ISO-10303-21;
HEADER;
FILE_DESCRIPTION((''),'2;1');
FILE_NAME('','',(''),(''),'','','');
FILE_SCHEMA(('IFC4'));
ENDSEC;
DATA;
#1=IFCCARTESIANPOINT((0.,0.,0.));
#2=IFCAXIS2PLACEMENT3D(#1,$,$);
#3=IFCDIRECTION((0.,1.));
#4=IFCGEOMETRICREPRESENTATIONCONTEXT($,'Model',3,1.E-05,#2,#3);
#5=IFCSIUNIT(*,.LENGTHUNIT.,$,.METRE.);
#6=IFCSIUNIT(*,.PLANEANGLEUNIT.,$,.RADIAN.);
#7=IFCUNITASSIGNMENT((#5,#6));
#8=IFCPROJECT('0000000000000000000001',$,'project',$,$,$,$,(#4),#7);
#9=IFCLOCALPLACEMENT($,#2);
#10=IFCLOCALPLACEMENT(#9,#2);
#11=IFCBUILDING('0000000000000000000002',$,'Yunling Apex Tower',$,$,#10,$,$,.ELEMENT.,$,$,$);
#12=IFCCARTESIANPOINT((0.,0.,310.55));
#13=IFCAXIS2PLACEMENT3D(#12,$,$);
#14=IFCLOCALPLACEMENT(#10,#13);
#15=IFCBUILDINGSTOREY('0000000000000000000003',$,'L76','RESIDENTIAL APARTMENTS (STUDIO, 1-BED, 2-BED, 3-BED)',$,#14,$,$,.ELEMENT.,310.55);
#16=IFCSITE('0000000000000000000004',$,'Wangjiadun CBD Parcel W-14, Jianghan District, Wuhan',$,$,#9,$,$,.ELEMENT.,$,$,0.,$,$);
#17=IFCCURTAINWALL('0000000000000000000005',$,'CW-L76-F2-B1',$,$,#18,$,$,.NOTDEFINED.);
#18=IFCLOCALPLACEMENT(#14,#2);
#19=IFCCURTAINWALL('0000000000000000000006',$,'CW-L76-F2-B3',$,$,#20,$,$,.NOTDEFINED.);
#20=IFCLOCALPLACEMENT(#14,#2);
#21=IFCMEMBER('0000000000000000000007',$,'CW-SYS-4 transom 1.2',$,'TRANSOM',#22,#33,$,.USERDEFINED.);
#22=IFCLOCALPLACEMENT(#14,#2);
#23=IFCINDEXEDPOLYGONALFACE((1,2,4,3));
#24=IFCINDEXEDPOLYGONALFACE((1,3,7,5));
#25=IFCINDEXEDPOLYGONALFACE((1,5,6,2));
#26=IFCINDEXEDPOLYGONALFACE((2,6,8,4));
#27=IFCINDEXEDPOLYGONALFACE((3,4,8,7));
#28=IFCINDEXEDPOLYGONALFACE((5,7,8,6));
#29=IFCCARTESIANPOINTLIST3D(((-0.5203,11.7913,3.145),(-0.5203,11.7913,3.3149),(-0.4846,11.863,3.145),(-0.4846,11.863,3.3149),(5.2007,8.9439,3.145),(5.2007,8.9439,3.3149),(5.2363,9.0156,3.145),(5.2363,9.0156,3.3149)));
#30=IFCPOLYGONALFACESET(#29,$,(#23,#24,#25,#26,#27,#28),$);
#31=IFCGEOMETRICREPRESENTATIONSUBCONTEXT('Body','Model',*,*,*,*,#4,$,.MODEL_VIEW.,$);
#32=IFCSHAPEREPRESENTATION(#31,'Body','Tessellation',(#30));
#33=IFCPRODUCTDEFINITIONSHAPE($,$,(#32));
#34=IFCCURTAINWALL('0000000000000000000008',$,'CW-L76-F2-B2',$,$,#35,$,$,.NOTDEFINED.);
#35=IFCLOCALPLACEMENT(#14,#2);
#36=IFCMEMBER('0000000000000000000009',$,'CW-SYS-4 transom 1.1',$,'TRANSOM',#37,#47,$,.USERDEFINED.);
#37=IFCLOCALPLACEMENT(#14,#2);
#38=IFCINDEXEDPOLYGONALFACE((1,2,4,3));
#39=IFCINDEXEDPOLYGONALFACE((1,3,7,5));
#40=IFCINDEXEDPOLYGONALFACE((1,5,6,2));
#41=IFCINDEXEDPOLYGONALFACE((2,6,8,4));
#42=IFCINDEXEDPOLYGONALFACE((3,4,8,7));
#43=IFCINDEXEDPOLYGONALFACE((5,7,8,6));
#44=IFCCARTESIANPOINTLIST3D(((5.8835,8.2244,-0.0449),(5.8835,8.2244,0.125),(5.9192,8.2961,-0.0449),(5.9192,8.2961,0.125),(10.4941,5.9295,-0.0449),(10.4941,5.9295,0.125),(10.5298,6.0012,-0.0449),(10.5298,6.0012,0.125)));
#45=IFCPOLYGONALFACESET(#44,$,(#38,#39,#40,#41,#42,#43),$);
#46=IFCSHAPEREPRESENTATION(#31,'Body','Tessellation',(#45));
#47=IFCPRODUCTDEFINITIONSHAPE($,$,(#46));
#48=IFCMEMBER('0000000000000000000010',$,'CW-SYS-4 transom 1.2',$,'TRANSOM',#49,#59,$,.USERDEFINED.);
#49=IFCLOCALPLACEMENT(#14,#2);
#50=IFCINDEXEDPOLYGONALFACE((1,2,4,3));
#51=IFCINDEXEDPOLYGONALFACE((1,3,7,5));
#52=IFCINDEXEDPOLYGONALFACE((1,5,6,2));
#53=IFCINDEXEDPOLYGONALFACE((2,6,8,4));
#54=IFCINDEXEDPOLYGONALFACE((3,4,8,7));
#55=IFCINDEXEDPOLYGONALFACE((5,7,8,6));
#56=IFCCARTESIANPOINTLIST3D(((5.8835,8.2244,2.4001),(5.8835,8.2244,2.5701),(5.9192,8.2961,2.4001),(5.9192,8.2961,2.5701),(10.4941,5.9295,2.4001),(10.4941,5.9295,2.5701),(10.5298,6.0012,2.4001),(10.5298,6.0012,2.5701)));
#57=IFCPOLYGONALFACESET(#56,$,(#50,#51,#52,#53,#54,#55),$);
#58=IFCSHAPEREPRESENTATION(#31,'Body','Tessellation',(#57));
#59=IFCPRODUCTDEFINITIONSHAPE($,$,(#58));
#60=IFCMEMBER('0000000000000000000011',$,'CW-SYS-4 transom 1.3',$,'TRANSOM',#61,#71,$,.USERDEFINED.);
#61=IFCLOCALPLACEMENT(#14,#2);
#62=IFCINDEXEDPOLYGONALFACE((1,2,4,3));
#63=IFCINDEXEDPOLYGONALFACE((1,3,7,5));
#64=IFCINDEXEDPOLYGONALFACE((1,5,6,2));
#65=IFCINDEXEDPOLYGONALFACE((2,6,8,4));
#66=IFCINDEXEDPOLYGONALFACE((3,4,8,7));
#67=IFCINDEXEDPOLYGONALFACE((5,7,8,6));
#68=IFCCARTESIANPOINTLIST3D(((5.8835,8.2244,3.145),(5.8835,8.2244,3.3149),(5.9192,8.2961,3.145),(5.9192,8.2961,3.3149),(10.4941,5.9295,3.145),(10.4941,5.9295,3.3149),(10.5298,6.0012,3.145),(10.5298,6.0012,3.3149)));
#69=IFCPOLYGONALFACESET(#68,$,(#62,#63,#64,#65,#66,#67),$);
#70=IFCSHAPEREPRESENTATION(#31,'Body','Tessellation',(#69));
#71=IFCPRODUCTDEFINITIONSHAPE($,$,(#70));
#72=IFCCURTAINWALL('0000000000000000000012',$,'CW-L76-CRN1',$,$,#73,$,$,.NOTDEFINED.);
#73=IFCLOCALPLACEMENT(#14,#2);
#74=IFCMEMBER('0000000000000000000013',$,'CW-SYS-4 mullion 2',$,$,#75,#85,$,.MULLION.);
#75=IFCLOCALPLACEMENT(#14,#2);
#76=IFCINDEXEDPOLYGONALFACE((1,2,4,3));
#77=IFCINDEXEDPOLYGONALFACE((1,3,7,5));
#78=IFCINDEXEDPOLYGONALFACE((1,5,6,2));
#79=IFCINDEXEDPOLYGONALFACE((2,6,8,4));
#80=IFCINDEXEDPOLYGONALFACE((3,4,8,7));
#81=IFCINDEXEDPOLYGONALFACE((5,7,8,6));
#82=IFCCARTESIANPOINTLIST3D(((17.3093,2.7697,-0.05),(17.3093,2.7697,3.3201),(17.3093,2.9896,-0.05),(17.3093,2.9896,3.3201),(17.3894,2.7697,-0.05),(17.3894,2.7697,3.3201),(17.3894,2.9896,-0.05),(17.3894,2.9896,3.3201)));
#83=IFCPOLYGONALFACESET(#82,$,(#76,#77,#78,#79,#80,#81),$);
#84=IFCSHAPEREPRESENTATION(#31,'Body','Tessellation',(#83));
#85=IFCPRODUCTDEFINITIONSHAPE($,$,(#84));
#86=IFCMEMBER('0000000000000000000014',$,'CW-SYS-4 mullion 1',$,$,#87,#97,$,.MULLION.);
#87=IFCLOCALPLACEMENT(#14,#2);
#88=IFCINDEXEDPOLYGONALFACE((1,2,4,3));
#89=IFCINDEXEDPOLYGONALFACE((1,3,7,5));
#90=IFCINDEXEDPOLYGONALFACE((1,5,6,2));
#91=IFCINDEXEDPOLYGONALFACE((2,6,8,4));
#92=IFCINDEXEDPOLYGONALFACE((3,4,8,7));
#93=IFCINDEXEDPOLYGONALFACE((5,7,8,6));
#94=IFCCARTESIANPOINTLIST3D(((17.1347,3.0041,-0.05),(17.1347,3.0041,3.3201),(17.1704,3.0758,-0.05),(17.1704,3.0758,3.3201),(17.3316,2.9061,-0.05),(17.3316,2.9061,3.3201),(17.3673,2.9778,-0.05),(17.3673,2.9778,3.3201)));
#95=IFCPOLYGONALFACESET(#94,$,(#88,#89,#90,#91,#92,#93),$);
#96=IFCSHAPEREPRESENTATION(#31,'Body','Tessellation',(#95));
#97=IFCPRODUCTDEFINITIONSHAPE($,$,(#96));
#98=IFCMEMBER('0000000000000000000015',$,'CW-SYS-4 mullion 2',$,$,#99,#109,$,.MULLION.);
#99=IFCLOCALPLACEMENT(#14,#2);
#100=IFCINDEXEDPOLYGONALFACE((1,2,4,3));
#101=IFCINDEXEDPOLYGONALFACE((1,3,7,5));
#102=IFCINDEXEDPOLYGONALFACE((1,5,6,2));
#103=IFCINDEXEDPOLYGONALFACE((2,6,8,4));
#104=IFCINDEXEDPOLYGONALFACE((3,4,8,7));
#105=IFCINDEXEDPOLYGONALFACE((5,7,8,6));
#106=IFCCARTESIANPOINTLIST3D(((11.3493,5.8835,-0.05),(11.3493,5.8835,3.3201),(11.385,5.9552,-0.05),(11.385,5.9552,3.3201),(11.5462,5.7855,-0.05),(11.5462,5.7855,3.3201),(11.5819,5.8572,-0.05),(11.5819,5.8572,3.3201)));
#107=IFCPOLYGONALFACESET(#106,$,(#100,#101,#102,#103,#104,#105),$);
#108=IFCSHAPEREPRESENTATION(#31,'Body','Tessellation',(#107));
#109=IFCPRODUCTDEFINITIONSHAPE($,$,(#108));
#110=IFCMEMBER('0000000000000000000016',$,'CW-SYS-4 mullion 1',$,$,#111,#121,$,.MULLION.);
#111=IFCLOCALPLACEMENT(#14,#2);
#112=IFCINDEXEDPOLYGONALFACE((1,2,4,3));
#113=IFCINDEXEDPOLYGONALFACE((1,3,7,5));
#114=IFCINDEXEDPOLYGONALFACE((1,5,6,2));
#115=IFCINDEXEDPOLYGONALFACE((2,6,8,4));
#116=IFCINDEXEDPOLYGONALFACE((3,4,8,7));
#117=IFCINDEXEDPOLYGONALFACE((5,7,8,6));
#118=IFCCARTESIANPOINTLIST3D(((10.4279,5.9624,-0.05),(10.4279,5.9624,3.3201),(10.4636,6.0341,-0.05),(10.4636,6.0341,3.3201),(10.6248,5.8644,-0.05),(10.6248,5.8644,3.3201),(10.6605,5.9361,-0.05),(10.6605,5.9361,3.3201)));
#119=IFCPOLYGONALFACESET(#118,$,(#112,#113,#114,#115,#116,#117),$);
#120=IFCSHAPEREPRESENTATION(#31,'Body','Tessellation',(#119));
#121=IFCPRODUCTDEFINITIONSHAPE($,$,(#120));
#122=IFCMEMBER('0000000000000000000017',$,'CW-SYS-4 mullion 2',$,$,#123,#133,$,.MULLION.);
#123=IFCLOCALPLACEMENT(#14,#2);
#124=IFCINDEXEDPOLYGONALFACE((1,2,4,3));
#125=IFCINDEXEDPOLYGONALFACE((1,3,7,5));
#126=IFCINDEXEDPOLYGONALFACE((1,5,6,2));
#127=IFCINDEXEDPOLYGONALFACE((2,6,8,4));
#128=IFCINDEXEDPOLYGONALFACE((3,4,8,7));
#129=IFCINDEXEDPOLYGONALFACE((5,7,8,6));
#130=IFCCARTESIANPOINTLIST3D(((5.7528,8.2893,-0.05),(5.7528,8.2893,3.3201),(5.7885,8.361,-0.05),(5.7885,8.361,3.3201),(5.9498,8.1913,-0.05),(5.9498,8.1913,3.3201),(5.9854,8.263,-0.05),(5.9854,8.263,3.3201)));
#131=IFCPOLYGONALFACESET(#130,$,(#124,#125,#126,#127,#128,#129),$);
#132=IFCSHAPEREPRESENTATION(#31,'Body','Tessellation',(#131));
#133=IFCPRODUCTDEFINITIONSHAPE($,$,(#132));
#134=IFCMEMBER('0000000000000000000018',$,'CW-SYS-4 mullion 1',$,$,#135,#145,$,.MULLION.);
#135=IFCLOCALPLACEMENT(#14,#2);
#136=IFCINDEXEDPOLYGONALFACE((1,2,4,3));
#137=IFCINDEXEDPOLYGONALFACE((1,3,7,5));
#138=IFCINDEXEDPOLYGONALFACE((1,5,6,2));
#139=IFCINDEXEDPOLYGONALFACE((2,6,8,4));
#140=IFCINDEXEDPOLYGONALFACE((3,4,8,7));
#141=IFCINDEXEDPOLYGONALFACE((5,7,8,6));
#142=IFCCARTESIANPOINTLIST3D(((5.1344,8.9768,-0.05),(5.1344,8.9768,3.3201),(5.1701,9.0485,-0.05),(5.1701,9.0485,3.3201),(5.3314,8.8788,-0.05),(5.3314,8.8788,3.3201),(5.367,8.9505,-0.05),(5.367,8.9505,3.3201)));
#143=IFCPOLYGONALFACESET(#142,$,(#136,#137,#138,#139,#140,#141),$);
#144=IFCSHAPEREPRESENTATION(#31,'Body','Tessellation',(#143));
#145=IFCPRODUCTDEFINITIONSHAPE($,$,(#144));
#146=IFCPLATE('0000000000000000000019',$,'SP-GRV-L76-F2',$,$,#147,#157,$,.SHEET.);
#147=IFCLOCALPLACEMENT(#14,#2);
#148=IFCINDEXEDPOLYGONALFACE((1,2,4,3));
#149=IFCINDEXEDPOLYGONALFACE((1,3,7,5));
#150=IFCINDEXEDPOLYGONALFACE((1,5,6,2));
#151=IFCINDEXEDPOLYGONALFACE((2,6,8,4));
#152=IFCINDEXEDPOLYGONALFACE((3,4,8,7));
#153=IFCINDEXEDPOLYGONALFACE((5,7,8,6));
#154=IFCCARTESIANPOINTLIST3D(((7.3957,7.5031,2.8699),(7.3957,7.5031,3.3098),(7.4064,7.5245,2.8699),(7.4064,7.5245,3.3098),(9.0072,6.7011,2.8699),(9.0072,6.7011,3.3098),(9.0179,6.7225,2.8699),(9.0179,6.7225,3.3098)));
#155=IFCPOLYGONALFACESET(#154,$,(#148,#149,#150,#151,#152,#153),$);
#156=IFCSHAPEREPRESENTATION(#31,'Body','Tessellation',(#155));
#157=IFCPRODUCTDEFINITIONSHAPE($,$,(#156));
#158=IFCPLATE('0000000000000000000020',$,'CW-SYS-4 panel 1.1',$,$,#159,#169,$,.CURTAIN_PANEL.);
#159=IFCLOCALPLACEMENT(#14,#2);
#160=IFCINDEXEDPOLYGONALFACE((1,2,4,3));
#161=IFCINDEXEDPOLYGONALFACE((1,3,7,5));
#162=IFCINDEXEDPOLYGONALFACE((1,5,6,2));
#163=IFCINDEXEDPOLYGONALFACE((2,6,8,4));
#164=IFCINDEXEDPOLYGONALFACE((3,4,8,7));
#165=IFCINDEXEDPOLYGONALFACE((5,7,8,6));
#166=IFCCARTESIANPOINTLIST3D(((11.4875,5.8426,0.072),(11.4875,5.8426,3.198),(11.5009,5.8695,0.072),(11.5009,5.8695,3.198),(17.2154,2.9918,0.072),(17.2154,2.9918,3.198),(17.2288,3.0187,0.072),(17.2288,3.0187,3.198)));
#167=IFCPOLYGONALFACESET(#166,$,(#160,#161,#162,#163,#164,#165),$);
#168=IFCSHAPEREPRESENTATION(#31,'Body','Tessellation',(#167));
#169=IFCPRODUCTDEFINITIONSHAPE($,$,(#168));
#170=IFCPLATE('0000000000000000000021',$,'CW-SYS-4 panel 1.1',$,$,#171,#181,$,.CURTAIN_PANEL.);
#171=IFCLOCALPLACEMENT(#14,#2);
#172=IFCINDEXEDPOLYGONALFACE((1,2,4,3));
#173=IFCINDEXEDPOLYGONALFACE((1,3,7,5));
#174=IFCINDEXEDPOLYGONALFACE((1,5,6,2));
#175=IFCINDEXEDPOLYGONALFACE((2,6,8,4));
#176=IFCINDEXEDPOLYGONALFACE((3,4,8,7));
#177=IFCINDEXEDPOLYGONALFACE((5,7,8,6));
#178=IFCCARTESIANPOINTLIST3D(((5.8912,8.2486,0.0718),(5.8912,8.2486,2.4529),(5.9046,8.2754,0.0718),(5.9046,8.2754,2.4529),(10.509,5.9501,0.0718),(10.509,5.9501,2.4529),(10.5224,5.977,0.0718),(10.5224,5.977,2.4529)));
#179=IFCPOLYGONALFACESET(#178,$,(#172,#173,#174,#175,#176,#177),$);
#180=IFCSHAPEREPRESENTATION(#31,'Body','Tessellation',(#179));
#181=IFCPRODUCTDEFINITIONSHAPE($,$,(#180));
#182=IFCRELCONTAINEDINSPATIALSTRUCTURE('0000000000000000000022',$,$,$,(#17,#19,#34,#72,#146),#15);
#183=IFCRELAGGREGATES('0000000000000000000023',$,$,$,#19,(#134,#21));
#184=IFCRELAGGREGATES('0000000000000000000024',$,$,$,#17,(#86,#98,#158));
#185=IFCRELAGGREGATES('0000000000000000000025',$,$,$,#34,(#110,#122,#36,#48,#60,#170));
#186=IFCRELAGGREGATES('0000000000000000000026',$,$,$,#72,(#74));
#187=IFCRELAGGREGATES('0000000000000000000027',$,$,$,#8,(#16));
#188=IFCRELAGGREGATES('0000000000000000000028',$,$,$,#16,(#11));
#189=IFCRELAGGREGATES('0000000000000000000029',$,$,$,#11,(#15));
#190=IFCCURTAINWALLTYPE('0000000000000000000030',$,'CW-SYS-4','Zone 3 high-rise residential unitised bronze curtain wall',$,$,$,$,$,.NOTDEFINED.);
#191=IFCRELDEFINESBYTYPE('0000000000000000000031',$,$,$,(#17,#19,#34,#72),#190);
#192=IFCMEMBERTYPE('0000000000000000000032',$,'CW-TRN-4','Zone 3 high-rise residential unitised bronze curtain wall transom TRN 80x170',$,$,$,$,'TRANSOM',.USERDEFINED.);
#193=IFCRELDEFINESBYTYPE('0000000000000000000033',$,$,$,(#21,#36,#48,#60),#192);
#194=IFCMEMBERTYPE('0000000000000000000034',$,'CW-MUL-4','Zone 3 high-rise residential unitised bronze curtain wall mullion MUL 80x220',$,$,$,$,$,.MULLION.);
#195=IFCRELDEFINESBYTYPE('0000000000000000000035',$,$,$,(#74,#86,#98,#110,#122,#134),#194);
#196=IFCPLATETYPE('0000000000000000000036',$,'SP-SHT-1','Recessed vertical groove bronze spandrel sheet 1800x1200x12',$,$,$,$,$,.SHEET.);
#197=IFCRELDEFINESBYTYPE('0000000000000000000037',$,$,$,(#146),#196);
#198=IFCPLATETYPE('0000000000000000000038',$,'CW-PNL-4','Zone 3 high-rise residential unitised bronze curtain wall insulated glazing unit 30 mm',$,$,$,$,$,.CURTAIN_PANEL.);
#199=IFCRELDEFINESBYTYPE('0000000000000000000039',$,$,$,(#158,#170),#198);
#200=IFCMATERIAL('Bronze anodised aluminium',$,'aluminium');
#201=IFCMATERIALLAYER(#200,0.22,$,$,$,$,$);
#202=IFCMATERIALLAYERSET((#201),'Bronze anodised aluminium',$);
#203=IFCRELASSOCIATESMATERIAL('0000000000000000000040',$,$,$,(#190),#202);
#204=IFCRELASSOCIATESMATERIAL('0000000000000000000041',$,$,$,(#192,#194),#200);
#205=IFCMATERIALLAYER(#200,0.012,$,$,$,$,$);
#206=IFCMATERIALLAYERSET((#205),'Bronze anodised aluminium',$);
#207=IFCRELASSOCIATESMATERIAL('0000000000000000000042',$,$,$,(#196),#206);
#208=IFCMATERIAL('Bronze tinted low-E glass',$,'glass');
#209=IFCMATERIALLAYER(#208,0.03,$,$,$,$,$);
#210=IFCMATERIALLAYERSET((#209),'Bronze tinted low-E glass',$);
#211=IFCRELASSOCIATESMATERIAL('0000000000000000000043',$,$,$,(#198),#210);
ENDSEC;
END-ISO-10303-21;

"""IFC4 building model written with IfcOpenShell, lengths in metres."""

from ifc_helpers import new_model, si_unit, direction, frame, origin, origin_2d, place, context, subcontext, project, spatial, rectangle, extrude, source, transform, mapped, material, layer, layer_set, material_profile, profile_set, type_object, element, aggregate, save


model = new_model("IFC4")

# Units and contexts
model_context = context("Model", 3, precision=1e-05, world=origin(), true_north=direction((0.0, 1.0)))
body_context = subcontext(model_context, "Body", "Model", "MODEL_VIEW")
ifc_project = project(units=[si_unit("LENGTHUNIT", "METRE"), si_unit("PLANEANGLEUNIT", "RADIAN")], contexts=[model_context])

# Site, building, storey
site_placement = place(None, origin())
site = spatial("IfcSite", under=ifc_project, at=site_placement, Name="Wangjiadun CBD Parcel W-14, Jianghan District, Wuhan", CompositionType="ELEMENT", RefElevation=0.0)
building_placement = place(site_placement, origin())
building = spatial("IfcBuilding", under=site, at=building_placement, Name="Yunling Apex Tower", CompositionType="ELEMENT")
storey_placement = place(building_placement, frame((0.0, 0.0, 310.55)))
storey = spatial("IfcBuildingStorey", under=building, at=storey_placement, Name="L76", Description="RESIDENTIAL APARTMENTS (STUDIO, 1-BED, 2-BED, 3-BED)", CompositionType="ELEMENT", Elevation=310.55)

# Curtain walls, members
ifc_material_1 = material(Name="Bronze anodised aluminium", Category="aluminium")
ifc_layer_1 = layer(ifc_material_1, 0.22)
ifc_layer_set_1 = layer_set([ifc_layer_1], Name="Bronze anodised aluminium")
curtain_wall_type = type_object("IfcCurtainWallType", Name="CW-SYS-4", Description="Zone 3 high-rise residential unitised bronze curtain wall", PredefinedType="NOTDEFINED", material=ifc_layer_set_1)
curtain_wall_1_placement = place(storey_placement, origin())
curtain_wall_1 = element("IfcCurtainWall", 1, at=curtain_wall_1_placement, inside=storey, type_object=curtain_wall_type, Name="CW-L76-F2-B1", PredefinedType="NOTDEFINED")
ifc_material_profile_1 = material_profile(ifc_material_1, rectangle(XDim=0.0801, YDim=0.1699, at=origin_2d()))
ifc_profile_set_1 = profile_set([ifc_material_profile_1], Name="Bronze anodised aluminium")
member_type_1 = type_object("IfcMemberType", Name="CW-TRN-4", Description="Zone 3 high-rise residential unitised bronze curtain wall transom TRN 80x170", ElementType="TRANSOM", PredefinedType="USERDEFINED", material=ifc_profile_set_1)
shared_shape_1 = source(origin(), body_context, "Body", "SweptSolid", [
    extrude(rectangle(XDim=0.0801, YDim=0.1699, at=origin_2d()), origin(), (0.0, 0.0, 1.0), 6.3904),
])
curtain_wall_2_placement = place(storey_placement, origin())
curtain_wall_2 = element("IfcCurtainWall", 2, at=curtain_wall_2_placement, inside=storey, type_object=curtain_wall_type, Name="CW-L76-F2-B3", PredefinedType="NOTDEFINED")
member_1_placement = place(storey_placement, frame((5.2185, 8.9797, 3.23), z_axis=(-0.895243, 0.445578, 0.0), x_axis=(-0.445578, -0.895243, 0.0)))
member_1 = element("IfcMember", 3, at=member_1_placement, type_object=member_type_1, Name="CW-SYS-4 transom 1.2", ObjectType="TRANSOM", PredefinedType="USERDEFINED", context=body_context, shape_type="MappedRepresentation", body=[
    mapped(shared_shape_1, transform((0.0, 0.0, 0.0), scale=1.0)),
])
curtain_wall_3_placement = place(storey_placement, origin())
curtain_wall_3 = element("IfcCurtainWall", 4, at=curtain_wall_3_placement, inside=storey, type_object=curtain_wall_type, Name="CW-L76-F2-B2", PredefinedType="NOTDEFINED")
shared_shape_2 = source(origin(), body_context, "Body", "SweptSolid", [
    extrude(rectangle(XDim=0.0801, YDim=0.1699, at=origin_2d()), origin(), (0.0, 0.0, 1.0), 5.1501),
])
member_2_placement = place(storey_placement, frame((10.512, 5.9653, 0.04), z_axis=(-0.895232, 0.445601, 0.0), x_axis=(-0.445601, -0.895232, 0.0)))
member_2 = element("IfcMember", 5, at=member_2_placement, type_object=member_type_1, Name="CW-SYS-4 transom 1.1", ObjectType="TRANSOM", PredefinedType="USERDEFINED", context=body_context, shape_type="MappedRepresentation", body=[
    mapped(shared_shape_2, transform((0.0, 0.0, 0.0), scale=1.0)),
])
member_3_placement = place(storey_placement, frame((10.512, 5.9653, 2.4851), z_axis=(-0.895232, 0.445601, 0.0), x_axis=(-0.445601, -0.895232, 0.0)))
member_3 = element("IfcMember", 6, at=member_3_placement, type_object=member_type_1, Name="CW-SYS-4 transom 1.2", ObjectType="TRANSOM", PredefinedType="USERDEFINED", context=body_context, shape_type="MappedRepresentation", body=[
    mapped(shared_shape_2, transform((0.0, 0.0, 0.0), scale=1.0)),
])
member_4_placement = place(storey_placement, frame((10.512, 5.9653, 3.23), z_axis=(-0.895232, 0.445601, 0.0), x_axis=(-0.445601, -0.895232, 0.0)))
member_4 = element("IfcMember", 7, at=member_4_placement, type_object=member_type_1, Name="CW-SYS-4 transom 1.3", ObjectType="TRANSOM", PredefinedType="USERDEFINED", context=body_context, shape_type="MappedRepresentation", body=[
    mapped(shared_shape_2, transform((0.0, 0.0, 0.0), scale=1.0)),
])

# Curtain wall, member
curtain_wall_4_placement = place(storey_placement, origin())
curtain_wall_4 = element("IfcCurtainWall", 8, at=curtain_wall_4_placement, inside=storey, type_object=curtain_wall_type, Name="CW-L76-CRN1", PredefinedType="NOTDEFINED")
ifc_material_profile_2 = material_profile(ifc_material_1, rectangle(XDim=0.0801, YDim=0.22, at=origin_2d()))
ifc_profile_set_2 = profile_set([ifc_material_profile_2], Name="Bronze anodised aluminium")
member_type_2 = type_object("IfcMemberType", Name="CW-MUL-4", Description="Zone 3 high-rise residential unitised bronze curtain wall mullion MUL 80x220", PredefinedType="MULLION", material=ifc_profile_set_2)
shared_shape_3 = source(origin(), body_context, "Body", "SweptSolid", [
    extrude(rectangle(XDim=0.0801, YDim=0.22, at=origin_2d()), origin(), (0.0, 0.0, 1.0), 3.3701),
])
member_5_placement = place(storey_placement, frame((17.3494, 2.8796, -0.05), z_axis=(0.0, 0.0, 1.0), x_axis=(-1.0, 0.0, 0.0)))
member_5 = element("IfcMember", 9, at=member_5_placement, type_object=member_type_2, Name="CW-SYS-4 mullion 2", PredefinedType="MULLION", context=body_context, shape_type="MappedRepresentation", body=[
    mapped(shared_shape_3, transform((0.0, 0.0, 0.0), scale=1.0)),
])

# Members
member_6_placement = place(storey_placement, frame((17.251, 2.991, -0.05), z_axis=(0.0, 0.0, 1.0), x_axis=(-0.445568, -0.895248, 0.0)))
member_6 = element("IfcMember", 10, at=member_6_placement, type_object=member_type_2, Name="CW-SYS-4 mullion 1", PredefinedType="MULLION", context=body_context, shape_type="MappedRepresentation", body=[
    mapped(shared_shape_3, transform((0.0, 0.0, 0.0), scale=1.0)),
])
member_7_placement = place(storey_placement, frame((11.4656, 5.8704, -0.05), z_axis=(0.0, 0.0, 1.0), x_axis=(-0.445568, -0.895248, 0.0)))
member_7 = element("IfcMember", 11, at=member_7_placement, type_object=member_type_2, Name="CW-SYS-4 mullion 2", PredefinedType="MULLION", context=body_context, shape_type="MappedRepresentation", body=[
    mapped(shared_shape_3, transform((0.0, 0.0, 0.0), scale=1.0)),
])
member_8_placement = place(storey_placement, frame((10.5442, 5.9492, -0.05), z_axis=(0.0, 0.0, 1.0), x_axis=(-0.445583, -0.89524, 0.0)))
member_8 = element("IfcMember", 12, at=member_8_placement, type_object=member_type_2, Name="CW-SYS-4 mullion 1", PredefinedType="MULLION", context=body_context, shape_type="MappedRepresentation", body=[
    mapped(shared_shape_3, transform((0.0, 0.0, 0.0), scale=1.0)),
])
member_9_placement = place(storey_placement, frame((5.8691, 8.2761, -0.05), z_axis=(0.0, 0.0, 1.0), x_axis=(-0.445583, -0.89524, 0.0)))
member_9 = element("IfcMember", 13, at=member_9_placement, type_object=member_type_2, Name="CW-SYS-4 mullion 2", PredefinedType="MULLION", context=body_context, shape_type="MappedRepresentation", body=[
    mapped(shared_shape_3, transform((0.0, 0.0, 0.0), scale=1.0)),
])
member_10_placement = place(storey_placement, frame((5.2507, 8.9636, -0.05), z_axis=(0.0, 0.0, 1.0), x_axis=(-0.445562, -0.895251, 0.0)))
member_10 = element("IfcMember", 14, at=member_10_placement, type_object=member_type_2, Name="CW-SYS-4 mullion 1", PredefinedType="MULLION", context=body_context, shape_type="MappedRepresentation", body=[
    mapped(shared_shape_3, transform((0.0, 0.0, 0.0), scale=1.0)),
])
aggregate(curtain_wall_2, [member_10, member_1])

# Plates
ifc_layer_2 = layer(ifc_material_1, 0.012)
ifc_layer_set_2 = layer_set([ifc_layer_2], Name="Bronze anodised aluminium")
plate_type_1 = type_object("IfcPlateType", Name="SP-SHT-1", Description="Recessed vertical groove bronze spandrel sheet 1800x1200x12", PredefinedType="SHEET", material=ifc_layer_set_2)
shared_shape_4 = source(origin(), body_context, "Body", "SweptSolid", [
    extrude(rectangle(XDim=1.8, YDim=0.0239, at=origin_2d()), origin(), (0.0, 0.0, 1.0), 0.4399),
])
plate_1_placement = place(storey_placement, frame((8.2068, 7.1128, 2.8699), z_axis=(0.0, 0.0, 1.0), x_axis=(-0.895246, 0.445573, 0.0)))
element("IfcPlate", 15, at=plate_1_placement, inside=storey, type_object=plate_type_1, Name="SP-GRV-L76-F2", PredefinedType="SHEET", context=body_context, shape_type="MappedRepresentation", body=[
    mapped(shared_shape_4, transform((0.0, 0.0, 0.0), scale=1.0)),
])
ifc_material_2 = material(Name="Bronze tinted low-E glass", Category="glass")
ifc_layer_3 = layer(ifc_material_2, 0.03)
ifc_layer_set_3 = layer_set([ifc_layer_3], Name="Bronze tinted low-E glass")
plate_type_2 = type_object("IfcPlateType", Name="CW-PNL-4", Description="Zone 3 high-rise residential unitised bronze curtain wall insulated glazing unit 30 mm", PredefinedType="CURTAIN_PANEL", material=ifc_layer_set_3)
shared_shape_5 = source(origin(), body_context, "Body", "SweptSolid", [
    extrude(rectangle(XDim=6.3982, YDim=0.03, at=origin_2d()), origin(), (0.0, 0.0, 1.0), 3.126),
])
plate_2_placement = place(storey_placement, frame((14.3582, 4.4307, 0.072), z_axis=(0.0, 0.0, 1.0), x_axis=(-0.895248, 0.445568, 0.0)))
plate_2 = element("IfcPlate", 16, at=plate_2_placement, type_object=plate_type_2, Name="CW-SYS-4 panel 1.1", PredefinedType="CURTAIN_PANEL", context=body_context, shape_type="MappedRepresentation", body=[
    mapped(shared_shape_5, transform((0.0, 0.0, 0.0), scale=1.0)),
])
aggregate(curtain_wall_1, [member_6, member_7, plate_2])
shared_shape_6 = source(origin(), body_context, "Body", "SweptSolid", [
    extrude(rectangle(XDim=5.1582, YDim=0.03, at=origin_2d()), origin(), (0.0, 0.0, 1.0), 2.3811),
])
plate_3_placement = place(storey_placement, frame((8.2068, 7.1128, 0.0718), z_axis=(0.0, 0.0, 1.0), x_axis=(-0.89524, 0.445583, 0.0)))
plate_3 = element("IfcPlate", 17, at=plate_3_placement, type_object=plate_type_2, Name="CW-SYS-4 panel 1.1", PredefinedType="CURTAIN_PANEL", context=body_context, shape_type="MappedRepresentation", body=[
    mapped(shared_shape_6, transform((0.0, 0.0, 0.0), scale=1.0)),
])
aggregate(curtain_wall_3, [member_8, member_9, member_2, member_3, member_4, plate_3])
aggregate(curtain_wall_4, [member_5])

save(model, "model.ifc")
